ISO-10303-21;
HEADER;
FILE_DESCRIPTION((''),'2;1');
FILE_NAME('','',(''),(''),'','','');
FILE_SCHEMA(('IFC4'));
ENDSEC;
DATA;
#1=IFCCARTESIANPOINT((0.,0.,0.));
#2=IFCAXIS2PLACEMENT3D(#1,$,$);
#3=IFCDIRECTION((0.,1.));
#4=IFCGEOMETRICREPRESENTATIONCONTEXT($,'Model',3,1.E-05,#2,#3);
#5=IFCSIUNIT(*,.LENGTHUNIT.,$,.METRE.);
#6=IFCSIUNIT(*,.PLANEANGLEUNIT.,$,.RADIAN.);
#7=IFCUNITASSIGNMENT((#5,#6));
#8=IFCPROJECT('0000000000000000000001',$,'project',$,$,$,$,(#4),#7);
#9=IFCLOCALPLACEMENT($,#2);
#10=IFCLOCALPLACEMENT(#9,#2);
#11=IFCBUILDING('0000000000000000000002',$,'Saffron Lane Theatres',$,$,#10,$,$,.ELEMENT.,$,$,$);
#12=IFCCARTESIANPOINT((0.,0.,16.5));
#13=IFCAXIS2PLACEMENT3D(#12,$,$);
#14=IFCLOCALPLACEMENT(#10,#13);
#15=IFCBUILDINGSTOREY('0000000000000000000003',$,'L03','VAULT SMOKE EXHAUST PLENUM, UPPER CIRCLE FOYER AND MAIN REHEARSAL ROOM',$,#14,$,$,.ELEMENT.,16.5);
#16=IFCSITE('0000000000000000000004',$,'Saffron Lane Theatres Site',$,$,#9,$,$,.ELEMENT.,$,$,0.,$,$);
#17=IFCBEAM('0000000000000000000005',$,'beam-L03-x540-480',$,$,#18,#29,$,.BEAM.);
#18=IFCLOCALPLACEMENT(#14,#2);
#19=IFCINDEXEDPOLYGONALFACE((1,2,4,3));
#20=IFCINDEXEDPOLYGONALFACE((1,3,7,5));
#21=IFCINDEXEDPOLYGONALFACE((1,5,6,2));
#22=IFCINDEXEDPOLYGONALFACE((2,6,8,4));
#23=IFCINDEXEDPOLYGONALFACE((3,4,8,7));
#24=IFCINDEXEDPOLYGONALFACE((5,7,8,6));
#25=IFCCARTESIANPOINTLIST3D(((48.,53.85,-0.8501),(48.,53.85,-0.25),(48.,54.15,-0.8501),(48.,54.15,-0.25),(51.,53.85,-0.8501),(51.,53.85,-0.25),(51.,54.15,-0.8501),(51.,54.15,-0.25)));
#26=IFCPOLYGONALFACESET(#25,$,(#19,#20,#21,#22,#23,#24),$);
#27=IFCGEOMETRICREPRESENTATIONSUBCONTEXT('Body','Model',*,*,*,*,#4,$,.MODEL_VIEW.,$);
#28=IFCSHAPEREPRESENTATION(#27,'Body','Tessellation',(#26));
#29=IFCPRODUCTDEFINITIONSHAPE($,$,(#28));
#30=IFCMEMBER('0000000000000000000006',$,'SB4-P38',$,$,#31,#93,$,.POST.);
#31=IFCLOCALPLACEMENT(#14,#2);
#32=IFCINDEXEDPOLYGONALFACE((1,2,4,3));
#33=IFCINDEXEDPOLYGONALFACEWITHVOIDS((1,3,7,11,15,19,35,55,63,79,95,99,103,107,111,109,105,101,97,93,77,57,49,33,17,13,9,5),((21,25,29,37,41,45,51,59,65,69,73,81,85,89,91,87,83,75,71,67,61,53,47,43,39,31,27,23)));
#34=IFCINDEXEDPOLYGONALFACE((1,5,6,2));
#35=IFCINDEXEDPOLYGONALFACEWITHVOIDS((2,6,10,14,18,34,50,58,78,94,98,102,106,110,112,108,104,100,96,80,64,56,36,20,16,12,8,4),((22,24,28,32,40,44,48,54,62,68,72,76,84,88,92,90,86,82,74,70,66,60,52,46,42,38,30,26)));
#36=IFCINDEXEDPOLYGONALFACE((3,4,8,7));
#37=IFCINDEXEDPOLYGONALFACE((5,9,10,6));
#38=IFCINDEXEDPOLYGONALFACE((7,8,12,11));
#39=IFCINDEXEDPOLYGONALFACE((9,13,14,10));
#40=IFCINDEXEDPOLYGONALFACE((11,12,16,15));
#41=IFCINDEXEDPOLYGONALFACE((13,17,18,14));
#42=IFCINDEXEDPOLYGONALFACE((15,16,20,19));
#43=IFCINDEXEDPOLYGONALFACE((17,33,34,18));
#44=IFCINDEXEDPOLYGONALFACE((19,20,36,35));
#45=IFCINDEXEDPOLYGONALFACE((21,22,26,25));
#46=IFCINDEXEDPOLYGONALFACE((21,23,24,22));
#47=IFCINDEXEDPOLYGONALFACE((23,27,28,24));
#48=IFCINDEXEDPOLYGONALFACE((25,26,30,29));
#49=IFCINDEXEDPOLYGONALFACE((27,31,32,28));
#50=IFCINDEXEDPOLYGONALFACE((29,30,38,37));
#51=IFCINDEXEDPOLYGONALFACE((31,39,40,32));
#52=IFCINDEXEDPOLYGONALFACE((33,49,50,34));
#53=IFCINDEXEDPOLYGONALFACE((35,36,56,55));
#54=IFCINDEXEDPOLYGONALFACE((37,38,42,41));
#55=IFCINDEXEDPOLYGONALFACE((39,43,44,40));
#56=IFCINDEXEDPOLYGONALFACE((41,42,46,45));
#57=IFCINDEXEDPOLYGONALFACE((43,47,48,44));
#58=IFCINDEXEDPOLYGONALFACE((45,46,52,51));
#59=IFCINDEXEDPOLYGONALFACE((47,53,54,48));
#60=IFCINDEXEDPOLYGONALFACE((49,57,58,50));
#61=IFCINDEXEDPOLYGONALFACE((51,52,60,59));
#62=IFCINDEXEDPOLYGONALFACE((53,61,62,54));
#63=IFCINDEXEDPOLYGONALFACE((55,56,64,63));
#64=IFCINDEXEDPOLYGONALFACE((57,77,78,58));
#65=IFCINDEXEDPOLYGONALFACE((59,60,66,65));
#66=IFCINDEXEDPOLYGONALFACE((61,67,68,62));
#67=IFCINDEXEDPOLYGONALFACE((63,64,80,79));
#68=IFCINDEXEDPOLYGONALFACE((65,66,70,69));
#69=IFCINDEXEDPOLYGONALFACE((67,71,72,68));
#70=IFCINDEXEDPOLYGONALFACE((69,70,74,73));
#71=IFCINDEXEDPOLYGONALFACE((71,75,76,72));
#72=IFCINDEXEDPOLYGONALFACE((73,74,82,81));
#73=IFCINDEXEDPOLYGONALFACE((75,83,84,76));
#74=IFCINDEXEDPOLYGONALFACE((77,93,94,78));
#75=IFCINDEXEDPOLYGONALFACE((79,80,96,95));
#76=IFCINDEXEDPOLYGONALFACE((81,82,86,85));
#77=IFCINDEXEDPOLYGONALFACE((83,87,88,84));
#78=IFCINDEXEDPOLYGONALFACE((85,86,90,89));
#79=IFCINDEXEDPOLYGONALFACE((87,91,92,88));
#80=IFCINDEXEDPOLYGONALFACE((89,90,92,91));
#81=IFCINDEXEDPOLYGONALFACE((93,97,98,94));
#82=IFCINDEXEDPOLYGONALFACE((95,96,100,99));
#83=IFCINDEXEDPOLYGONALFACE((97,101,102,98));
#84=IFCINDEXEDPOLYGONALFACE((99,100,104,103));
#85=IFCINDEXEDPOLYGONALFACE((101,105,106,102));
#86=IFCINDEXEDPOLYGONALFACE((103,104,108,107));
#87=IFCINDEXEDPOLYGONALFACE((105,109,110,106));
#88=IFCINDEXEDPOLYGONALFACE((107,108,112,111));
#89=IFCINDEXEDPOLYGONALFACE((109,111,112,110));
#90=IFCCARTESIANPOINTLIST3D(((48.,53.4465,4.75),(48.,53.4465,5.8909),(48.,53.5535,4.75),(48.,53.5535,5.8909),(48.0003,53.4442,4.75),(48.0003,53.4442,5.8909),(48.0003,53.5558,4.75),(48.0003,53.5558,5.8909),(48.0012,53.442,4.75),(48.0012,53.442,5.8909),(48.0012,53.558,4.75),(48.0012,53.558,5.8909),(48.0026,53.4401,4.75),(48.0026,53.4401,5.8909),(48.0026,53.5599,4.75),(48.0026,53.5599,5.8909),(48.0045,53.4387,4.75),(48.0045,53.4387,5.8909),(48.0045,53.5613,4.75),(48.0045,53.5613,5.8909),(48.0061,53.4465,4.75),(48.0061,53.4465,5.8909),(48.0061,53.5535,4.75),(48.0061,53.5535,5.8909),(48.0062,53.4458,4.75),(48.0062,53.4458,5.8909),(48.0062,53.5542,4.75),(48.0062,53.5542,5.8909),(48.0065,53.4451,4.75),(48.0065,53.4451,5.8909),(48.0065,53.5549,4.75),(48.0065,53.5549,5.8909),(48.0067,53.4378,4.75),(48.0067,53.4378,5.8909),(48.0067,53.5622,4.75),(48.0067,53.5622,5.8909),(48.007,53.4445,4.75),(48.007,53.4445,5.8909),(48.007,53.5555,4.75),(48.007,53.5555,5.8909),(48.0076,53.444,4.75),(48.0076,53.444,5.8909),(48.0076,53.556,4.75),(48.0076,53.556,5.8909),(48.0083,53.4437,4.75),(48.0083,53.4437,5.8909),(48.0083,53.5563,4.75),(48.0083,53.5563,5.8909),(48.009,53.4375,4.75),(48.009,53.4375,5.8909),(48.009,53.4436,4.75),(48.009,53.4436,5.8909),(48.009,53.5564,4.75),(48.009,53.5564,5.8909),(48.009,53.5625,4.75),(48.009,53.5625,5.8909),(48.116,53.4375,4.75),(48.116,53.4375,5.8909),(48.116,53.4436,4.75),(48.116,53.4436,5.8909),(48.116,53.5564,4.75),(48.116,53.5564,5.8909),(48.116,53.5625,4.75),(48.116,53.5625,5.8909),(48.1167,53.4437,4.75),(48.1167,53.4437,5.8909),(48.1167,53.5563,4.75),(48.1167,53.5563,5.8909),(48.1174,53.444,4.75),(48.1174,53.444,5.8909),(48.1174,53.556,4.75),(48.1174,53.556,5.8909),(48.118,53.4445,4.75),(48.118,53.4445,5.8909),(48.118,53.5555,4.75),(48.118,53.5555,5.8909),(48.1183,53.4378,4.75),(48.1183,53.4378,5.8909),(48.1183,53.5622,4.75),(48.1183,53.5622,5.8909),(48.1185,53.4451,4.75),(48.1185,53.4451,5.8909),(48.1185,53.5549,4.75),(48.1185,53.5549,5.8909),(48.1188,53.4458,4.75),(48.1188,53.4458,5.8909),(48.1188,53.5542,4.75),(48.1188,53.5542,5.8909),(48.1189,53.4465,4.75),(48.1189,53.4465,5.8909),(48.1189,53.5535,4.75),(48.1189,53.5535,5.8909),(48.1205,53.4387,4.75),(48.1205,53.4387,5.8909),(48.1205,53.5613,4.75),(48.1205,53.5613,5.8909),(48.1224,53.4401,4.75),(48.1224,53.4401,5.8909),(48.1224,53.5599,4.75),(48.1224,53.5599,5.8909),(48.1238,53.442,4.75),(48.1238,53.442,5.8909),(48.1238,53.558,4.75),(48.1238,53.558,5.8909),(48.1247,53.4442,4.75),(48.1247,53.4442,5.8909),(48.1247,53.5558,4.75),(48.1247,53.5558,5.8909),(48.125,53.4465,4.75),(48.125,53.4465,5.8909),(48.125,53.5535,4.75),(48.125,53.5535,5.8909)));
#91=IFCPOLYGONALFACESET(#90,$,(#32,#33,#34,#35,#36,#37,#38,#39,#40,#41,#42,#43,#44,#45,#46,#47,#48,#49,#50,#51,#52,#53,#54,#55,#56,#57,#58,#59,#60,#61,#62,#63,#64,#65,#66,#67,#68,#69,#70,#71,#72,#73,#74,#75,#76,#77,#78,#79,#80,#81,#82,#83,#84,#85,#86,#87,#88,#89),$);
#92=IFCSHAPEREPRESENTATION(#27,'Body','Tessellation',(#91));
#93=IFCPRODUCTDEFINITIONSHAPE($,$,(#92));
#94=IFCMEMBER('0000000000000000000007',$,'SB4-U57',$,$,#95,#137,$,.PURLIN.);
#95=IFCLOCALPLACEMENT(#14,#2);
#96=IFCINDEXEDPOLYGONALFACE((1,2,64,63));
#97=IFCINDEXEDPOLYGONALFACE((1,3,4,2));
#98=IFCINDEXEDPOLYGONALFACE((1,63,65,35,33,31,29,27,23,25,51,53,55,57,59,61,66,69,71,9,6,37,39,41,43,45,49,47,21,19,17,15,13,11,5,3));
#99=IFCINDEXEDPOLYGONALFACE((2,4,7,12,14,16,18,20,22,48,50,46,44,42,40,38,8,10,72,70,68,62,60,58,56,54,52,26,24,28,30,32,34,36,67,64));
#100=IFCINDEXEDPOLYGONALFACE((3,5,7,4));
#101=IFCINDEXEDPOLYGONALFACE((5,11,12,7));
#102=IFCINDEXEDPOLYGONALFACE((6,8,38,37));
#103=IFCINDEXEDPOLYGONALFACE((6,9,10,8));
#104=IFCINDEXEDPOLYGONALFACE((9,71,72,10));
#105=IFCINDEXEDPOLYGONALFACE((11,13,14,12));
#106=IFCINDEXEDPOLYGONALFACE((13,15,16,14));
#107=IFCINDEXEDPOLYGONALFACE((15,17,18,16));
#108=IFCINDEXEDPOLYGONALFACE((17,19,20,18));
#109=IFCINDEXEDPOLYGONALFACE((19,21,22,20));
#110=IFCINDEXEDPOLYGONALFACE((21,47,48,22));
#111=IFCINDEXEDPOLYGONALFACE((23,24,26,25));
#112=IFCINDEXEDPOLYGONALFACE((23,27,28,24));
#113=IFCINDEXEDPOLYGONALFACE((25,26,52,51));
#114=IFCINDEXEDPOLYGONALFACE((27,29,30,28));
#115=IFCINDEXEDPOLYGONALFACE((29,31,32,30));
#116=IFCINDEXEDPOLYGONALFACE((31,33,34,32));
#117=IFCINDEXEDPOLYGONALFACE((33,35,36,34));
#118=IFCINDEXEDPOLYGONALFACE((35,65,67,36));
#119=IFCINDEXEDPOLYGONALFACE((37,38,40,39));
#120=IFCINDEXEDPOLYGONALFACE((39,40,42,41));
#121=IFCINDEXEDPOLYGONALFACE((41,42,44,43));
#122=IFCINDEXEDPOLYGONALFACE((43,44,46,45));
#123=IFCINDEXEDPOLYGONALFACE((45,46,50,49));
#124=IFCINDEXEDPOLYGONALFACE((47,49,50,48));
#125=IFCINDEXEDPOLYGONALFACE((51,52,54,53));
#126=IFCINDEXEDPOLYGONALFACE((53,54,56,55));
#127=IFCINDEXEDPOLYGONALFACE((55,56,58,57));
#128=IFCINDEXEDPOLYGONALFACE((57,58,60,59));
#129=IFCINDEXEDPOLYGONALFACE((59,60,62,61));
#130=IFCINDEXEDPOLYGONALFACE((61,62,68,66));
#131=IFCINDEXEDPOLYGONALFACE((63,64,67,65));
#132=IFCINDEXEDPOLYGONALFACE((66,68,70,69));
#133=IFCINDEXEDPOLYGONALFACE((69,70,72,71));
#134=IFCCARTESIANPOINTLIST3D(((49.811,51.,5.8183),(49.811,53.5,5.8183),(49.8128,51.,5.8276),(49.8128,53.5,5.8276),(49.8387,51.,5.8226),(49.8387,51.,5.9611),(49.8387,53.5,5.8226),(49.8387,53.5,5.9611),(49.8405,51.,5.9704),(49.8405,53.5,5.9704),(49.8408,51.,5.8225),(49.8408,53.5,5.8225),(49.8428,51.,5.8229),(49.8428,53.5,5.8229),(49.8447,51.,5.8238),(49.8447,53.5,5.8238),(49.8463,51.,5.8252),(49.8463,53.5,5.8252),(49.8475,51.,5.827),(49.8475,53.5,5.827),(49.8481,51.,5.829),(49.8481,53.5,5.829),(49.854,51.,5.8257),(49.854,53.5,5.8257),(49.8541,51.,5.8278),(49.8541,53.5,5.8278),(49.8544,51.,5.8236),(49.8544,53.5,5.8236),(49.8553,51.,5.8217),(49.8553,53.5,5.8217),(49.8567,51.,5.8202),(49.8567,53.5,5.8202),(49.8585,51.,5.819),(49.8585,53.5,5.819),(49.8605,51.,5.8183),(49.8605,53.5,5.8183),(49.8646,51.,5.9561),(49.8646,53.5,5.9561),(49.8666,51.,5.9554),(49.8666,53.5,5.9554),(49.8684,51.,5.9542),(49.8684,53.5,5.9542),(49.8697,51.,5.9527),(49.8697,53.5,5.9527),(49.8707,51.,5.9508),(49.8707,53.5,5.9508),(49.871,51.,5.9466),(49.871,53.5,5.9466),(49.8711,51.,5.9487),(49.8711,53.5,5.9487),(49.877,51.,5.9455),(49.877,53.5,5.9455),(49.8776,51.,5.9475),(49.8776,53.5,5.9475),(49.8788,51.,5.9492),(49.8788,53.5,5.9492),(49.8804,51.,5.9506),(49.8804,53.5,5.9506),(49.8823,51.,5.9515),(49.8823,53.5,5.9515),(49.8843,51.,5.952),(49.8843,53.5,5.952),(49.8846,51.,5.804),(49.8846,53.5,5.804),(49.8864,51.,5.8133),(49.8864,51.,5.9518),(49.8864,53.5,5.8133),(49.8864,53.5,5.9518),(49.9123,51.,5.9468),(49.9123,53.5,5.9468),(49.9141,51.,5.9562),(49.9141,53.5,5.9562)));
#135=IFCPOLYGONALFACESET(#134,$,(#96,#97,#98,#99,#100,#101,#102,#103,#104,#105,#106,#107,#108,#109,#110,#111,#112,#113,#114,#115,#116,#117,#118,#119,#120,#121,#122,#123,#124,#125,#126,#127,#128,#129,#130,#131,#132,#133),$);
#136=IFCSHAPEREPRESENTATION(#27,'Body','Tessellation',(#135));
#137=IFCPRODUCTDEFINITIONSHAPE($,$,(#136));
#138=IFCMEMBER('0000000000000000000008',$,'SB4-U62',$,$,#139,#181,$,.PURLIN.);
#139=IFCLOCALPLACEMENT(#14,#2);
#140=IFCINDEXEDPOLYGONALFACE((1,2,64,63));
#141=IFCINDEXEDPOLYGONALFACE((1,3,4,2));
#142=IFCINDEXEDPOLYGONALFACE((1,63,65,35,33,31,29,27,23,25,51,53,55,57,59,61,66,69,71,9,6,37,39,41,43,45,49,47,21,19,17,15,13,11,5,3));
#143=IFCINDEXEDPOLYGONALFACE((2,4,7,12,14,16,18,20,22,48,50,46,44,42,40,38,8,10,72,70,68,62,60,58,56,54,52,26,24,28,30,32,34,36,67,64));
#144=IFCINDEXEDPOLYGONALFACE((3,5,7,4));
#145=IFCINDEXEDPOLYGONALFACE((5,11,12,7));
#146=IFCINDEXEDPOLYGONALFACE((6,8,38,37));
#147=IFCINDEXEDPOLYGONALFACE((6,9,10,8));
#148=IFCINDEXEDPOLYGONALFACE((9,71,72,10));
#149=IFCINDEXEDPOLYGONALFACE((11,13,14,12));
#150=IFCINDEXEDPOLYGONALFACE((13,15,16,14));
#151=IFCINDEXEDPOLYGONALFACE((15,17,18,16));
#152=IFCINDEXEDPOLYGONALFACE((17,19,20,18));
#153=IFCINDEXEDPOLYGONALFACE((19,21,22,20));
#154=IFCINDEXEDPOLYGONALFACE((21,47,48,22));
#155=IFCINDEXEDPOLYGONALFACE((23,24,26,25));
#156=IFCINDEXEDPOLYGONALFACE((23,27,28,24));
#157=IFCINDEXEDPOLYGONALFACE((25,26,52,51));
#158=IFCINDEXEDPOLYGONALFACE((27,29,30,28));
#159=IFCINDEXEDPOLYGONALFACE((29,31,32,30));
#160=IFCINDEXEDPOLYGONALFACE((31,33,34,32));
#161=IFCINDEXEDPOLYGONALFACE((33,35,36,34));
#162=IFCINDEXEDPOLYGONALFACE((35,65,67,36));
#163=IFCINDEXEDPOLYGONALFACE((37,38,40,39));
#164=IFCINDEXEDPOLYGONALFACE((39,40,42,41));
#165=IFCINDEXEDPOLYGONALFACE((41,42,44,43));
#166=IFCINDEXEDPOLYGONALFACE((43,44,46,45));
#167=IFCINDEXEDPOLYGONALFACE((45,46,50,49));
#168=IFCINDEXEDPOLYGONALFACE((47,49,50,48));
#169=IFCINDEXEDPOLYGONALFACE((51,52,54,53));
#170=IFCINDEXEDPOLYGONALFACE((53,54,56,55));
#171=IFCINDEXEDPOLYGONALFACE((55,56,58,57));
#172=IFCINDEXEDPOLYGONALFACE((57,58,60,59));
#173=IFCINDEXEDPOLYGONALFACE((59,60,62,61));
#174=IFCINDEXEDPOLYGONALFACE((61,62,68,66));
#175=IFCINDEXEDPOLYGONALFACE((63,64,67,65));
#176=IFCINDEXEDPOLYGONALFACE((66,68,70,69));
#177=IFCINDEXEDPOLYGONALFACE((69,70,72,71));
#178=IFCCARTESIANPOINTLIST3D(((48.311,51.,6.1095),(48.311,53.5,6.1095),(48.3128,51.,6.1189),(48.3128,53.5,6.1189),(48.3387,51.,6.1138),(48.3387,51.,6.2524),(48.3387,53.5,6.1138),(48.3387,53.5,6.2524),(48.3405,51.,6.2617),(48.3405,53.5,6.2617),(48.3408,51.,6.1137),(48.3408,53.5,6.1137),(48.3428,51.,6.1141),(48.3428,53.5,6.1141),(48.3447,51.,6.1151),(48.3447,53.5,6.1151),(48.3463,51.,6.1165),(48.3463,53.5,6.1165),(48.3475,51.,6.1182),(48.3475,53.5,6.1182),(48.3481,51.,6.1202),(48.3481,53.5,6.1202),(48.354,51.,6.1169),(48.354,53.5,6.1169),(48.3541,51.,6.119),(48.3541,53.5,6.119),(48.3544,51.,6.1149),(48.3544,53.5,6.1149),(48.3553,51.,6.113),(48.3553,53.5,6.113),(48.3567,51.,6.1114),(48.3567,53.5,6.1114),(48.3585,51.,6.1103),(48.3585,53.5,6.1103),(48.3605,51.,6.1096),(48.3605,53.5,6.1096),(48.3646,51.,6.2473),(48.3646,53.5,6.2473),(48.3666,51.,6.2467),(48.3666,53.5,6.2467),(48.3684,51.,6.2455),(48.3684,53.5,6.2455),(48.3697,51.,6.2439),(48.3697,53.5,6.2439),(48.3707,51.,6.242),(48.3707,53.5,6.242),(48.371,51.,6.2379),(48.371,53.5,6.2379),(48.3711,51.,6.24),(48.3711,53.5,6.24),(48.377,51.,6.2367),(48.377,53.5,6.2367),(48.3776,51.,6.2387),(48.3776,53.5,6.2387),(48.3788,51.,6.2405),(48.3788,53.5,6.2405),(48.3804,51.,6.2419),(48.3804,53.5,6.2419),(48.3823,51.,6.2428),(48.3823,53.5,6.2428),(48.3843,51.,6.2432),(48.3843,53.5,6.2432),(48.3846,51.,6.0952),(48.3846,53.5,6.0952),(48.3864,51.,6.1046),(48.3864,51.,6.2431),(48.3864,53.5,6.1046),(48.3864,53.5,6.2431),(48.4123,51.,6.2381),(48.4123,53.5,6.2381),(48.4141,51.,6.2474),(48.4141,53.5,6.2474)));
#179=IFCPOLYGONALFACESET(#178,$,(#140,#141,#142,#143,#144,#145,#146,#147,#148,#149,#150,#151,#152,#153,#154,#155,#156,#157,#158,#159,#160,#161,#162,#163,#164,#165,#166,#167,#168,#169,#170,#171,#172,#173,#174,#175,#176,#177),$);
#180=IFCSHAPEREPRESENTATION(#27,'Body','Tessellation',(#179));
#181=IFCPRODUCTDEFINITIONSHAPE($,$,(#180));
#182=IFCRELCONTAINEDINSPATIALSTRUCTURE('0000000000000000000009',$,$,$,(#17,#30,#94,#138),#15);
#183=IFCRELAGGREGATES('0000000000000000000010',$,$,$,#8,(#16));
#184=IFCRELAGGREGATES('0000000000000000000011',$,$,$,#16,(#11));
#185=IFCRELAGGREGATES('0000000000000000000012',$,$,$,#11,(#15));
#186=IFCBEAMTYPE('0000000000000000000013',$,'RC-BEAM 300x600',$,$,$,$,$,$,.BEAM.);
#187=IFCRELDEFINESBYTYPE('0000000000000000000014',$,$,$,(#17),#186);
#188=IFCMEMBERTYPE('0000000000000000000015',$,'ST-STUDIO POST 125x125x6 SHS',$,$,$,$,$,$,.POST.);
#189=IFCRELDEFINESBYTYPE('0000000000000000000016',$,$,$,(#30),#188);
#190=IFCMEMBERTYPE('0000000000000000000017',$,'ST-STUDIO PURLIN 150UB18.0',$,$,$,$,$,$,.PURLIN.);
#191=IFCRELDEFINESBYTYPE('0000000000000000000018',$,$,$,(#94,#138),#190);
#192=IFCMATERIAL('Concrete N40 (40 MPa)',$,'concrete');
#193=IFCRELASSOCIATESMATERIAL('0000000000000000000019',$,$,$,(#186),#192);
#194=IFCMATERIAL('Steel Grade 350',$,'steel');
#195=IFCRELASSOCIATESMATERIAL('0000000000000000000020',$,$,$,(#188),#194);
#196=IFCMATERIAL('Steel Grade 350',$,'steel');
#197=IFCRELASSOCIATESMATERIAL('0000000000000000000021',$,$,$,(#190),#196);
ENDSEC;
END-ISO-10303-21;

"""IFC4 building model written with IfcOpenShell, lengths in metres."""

from ifc_helpers import new_model, si_unit, direction, frame, origin, origin_2d, place, context, subcontext, project, spatial, rectangle, hollow_rectangle, i_section, extrude, material, material_profile, profile_set, type_object, element, save


model = new_model("IFC4")

# Units and contexts
model_context = context("Model", 3, precision=1e-05, world=origin(), true_north=direction((0.0, 1.0)))
body_context = subcontext(model_context, "Body", "Model", "MODEL_VIEW")
ifc_project = project(units=[si_unit("LENGTHUNIT", "METRE"), si_unit("PLANEANGLEUNIT", "RADIAN")], contexts=[model_context])

# Site, building, storey
site_placement = place(None, origin())
site = spatial("IfcSite", under=ifc_project, at=site_placement, Name="Saffron Lane Theatres Site", CompositionType="ELEMENT", RefElevation=0.0)
building_placement = place(site_placement, origin())
building = spatial("IfcBuilding", under=site, at=building_placement, Name="Saffron Lane Theatres", CompositionType="ELEMENT")
storey_placement = place(building_placement, frame((0.0, 0.0, 16.5)))
storey = spatial("IfcBuildingStorey", under=building, at=storey_placement, Name="L03", Description="VAULT SMOKE EXHAUST PLENUM, UPPER CIRCLE FOYER AND MAIN REHEARSAL ROOM", CompositionType="ELEMENT", Elevation=16.5)

# Beam
ifc_material_1 = material(Name="Concrete N40 (40 MPa)", Category="concrete")
ifc_material_profile_1 = material_profile(ifc_material_1, rectangle(XDim=0.3, YDim=0.6001, at=origin_2d()))
ifc_profile_set_1 = profile_set([ifc_material_profile_1], Name="Concrete N40 (40 MPa)")
beam_type = type_object("IfcBeamType", Name="RC-BEAM 300x600", PredefinedType="BEAM", material=ifc_profile_set_1)
beam_placement = place(storey_placement, frame((48.0, 54.0, -0.55), z_axis=(1.0, 0.0, 0.0), x_axis=(0.0, 1.0, 0.0)))
element("IfcBeam", 1, at=beam_placement, inside=storey, type_object=beam_type, Name="beam-L03-x540-480", PredefinedType="BEAM", context=body_context, shape_type="SweptSolid", body=[
    extrude(rectangle(XDim=0.3, YDim=0.6001, at=origin_2d()), origin(), (0.0, 0.0, 1.0), 3.0),
])

# Members
ifc_material_2 = material(Name="Steel Grade 350", Category="steel")
ifc_material_profile_2 = material_profile(ifc_material_2, hollow_rectangle(XDim=0.125, YDim=0.125, WallThickness=0.0061, InnerFilletRadius=0.0029, OuterFilletRadius=0.009, at=origin_2d()))
ifc_profile_set_2 = profile_set([ifc_material_profile_2], Name="Steel Grade 350")
member_type_1 = type_object("IfcMemberType", Name="ST-STUDIO POST 125x125x6 SHS", PredefinedType="POST", material=ifc_profile_set_2)
member_1_placement = place(storey_placement, frame((48.0625, 53.5, 4.75), z_axis=(0.0, 0.0, 1.0), x_axis=(1.0, 0.0, 0.0)))
element("IfcMember", 2, at=member_1_placement, inside=storey, type_object=member_type_1, Name="SB4-P38", PredefinedType="POST", context=body_context, shape_type="SweptSolid", body=[
    extrude(hollow_rectangle(XDim=0.125, YDim=0.125, WallThickness=0.0061, InnerFilletRadius=0.0029, OuterFilletRadius=0.009, at=origin_2d()), origin(), (0.0, 0.0, 1.0), 1.1409),
])
ifc_material_3 = material(Name="Steel Grade 350", Category="steel")
ifc_material_profile_3 = material_profile(ifc_material_3, i_section(OverallWidth=0.075, OverallDepth=0.155, WebThickness=0.0061, FlangeThickness=0.0095, FilletRadius=0.0081, at=origin_2d()))
ifc_profile_set_3 = profile_set([ifc_material_profile_3], Name="Steel Grade 350")
member_type_2 = type_object("IfcMemberType", Name="ST-STUDIO PURLIN 150UB18.0", PredefinedType="PURLIN", material=ifc_profile_set_3)
for number, where, z_axis, x_axis, name in (
    (3, (49.8625, 51.0, 5.8872), (0.0, 1.0, 0.0), (-0.981661, 0.0, 0.190637), "SB4-U57"),
    (4, (48.3625, 51.0, 6.1785), (0.0, 1.0, 0.0), (-0.981661, 0.0, 0.190637), "SB4-U62"),
):
    element("IfcMember", number, at=place(storey_placement, frame(where, z_axis=z_axis, x_axis=x_axis)), inside=storey, type_object=member_type_2, Name=name, PredefinedType="PURLIN", context=body_context, shape_type="SweptSolid", body=[
        extrude(i_section(OverallWidth=0.075, OverallDepth=0.155, WebThickness=0.0061, FlangeThickness=0.0095, FilletRadius=0.0081, at=origin_2d()), origin(), (0.0, 0.0, 1.0), 2.5),
    ])

save(model, "model.ifc")
